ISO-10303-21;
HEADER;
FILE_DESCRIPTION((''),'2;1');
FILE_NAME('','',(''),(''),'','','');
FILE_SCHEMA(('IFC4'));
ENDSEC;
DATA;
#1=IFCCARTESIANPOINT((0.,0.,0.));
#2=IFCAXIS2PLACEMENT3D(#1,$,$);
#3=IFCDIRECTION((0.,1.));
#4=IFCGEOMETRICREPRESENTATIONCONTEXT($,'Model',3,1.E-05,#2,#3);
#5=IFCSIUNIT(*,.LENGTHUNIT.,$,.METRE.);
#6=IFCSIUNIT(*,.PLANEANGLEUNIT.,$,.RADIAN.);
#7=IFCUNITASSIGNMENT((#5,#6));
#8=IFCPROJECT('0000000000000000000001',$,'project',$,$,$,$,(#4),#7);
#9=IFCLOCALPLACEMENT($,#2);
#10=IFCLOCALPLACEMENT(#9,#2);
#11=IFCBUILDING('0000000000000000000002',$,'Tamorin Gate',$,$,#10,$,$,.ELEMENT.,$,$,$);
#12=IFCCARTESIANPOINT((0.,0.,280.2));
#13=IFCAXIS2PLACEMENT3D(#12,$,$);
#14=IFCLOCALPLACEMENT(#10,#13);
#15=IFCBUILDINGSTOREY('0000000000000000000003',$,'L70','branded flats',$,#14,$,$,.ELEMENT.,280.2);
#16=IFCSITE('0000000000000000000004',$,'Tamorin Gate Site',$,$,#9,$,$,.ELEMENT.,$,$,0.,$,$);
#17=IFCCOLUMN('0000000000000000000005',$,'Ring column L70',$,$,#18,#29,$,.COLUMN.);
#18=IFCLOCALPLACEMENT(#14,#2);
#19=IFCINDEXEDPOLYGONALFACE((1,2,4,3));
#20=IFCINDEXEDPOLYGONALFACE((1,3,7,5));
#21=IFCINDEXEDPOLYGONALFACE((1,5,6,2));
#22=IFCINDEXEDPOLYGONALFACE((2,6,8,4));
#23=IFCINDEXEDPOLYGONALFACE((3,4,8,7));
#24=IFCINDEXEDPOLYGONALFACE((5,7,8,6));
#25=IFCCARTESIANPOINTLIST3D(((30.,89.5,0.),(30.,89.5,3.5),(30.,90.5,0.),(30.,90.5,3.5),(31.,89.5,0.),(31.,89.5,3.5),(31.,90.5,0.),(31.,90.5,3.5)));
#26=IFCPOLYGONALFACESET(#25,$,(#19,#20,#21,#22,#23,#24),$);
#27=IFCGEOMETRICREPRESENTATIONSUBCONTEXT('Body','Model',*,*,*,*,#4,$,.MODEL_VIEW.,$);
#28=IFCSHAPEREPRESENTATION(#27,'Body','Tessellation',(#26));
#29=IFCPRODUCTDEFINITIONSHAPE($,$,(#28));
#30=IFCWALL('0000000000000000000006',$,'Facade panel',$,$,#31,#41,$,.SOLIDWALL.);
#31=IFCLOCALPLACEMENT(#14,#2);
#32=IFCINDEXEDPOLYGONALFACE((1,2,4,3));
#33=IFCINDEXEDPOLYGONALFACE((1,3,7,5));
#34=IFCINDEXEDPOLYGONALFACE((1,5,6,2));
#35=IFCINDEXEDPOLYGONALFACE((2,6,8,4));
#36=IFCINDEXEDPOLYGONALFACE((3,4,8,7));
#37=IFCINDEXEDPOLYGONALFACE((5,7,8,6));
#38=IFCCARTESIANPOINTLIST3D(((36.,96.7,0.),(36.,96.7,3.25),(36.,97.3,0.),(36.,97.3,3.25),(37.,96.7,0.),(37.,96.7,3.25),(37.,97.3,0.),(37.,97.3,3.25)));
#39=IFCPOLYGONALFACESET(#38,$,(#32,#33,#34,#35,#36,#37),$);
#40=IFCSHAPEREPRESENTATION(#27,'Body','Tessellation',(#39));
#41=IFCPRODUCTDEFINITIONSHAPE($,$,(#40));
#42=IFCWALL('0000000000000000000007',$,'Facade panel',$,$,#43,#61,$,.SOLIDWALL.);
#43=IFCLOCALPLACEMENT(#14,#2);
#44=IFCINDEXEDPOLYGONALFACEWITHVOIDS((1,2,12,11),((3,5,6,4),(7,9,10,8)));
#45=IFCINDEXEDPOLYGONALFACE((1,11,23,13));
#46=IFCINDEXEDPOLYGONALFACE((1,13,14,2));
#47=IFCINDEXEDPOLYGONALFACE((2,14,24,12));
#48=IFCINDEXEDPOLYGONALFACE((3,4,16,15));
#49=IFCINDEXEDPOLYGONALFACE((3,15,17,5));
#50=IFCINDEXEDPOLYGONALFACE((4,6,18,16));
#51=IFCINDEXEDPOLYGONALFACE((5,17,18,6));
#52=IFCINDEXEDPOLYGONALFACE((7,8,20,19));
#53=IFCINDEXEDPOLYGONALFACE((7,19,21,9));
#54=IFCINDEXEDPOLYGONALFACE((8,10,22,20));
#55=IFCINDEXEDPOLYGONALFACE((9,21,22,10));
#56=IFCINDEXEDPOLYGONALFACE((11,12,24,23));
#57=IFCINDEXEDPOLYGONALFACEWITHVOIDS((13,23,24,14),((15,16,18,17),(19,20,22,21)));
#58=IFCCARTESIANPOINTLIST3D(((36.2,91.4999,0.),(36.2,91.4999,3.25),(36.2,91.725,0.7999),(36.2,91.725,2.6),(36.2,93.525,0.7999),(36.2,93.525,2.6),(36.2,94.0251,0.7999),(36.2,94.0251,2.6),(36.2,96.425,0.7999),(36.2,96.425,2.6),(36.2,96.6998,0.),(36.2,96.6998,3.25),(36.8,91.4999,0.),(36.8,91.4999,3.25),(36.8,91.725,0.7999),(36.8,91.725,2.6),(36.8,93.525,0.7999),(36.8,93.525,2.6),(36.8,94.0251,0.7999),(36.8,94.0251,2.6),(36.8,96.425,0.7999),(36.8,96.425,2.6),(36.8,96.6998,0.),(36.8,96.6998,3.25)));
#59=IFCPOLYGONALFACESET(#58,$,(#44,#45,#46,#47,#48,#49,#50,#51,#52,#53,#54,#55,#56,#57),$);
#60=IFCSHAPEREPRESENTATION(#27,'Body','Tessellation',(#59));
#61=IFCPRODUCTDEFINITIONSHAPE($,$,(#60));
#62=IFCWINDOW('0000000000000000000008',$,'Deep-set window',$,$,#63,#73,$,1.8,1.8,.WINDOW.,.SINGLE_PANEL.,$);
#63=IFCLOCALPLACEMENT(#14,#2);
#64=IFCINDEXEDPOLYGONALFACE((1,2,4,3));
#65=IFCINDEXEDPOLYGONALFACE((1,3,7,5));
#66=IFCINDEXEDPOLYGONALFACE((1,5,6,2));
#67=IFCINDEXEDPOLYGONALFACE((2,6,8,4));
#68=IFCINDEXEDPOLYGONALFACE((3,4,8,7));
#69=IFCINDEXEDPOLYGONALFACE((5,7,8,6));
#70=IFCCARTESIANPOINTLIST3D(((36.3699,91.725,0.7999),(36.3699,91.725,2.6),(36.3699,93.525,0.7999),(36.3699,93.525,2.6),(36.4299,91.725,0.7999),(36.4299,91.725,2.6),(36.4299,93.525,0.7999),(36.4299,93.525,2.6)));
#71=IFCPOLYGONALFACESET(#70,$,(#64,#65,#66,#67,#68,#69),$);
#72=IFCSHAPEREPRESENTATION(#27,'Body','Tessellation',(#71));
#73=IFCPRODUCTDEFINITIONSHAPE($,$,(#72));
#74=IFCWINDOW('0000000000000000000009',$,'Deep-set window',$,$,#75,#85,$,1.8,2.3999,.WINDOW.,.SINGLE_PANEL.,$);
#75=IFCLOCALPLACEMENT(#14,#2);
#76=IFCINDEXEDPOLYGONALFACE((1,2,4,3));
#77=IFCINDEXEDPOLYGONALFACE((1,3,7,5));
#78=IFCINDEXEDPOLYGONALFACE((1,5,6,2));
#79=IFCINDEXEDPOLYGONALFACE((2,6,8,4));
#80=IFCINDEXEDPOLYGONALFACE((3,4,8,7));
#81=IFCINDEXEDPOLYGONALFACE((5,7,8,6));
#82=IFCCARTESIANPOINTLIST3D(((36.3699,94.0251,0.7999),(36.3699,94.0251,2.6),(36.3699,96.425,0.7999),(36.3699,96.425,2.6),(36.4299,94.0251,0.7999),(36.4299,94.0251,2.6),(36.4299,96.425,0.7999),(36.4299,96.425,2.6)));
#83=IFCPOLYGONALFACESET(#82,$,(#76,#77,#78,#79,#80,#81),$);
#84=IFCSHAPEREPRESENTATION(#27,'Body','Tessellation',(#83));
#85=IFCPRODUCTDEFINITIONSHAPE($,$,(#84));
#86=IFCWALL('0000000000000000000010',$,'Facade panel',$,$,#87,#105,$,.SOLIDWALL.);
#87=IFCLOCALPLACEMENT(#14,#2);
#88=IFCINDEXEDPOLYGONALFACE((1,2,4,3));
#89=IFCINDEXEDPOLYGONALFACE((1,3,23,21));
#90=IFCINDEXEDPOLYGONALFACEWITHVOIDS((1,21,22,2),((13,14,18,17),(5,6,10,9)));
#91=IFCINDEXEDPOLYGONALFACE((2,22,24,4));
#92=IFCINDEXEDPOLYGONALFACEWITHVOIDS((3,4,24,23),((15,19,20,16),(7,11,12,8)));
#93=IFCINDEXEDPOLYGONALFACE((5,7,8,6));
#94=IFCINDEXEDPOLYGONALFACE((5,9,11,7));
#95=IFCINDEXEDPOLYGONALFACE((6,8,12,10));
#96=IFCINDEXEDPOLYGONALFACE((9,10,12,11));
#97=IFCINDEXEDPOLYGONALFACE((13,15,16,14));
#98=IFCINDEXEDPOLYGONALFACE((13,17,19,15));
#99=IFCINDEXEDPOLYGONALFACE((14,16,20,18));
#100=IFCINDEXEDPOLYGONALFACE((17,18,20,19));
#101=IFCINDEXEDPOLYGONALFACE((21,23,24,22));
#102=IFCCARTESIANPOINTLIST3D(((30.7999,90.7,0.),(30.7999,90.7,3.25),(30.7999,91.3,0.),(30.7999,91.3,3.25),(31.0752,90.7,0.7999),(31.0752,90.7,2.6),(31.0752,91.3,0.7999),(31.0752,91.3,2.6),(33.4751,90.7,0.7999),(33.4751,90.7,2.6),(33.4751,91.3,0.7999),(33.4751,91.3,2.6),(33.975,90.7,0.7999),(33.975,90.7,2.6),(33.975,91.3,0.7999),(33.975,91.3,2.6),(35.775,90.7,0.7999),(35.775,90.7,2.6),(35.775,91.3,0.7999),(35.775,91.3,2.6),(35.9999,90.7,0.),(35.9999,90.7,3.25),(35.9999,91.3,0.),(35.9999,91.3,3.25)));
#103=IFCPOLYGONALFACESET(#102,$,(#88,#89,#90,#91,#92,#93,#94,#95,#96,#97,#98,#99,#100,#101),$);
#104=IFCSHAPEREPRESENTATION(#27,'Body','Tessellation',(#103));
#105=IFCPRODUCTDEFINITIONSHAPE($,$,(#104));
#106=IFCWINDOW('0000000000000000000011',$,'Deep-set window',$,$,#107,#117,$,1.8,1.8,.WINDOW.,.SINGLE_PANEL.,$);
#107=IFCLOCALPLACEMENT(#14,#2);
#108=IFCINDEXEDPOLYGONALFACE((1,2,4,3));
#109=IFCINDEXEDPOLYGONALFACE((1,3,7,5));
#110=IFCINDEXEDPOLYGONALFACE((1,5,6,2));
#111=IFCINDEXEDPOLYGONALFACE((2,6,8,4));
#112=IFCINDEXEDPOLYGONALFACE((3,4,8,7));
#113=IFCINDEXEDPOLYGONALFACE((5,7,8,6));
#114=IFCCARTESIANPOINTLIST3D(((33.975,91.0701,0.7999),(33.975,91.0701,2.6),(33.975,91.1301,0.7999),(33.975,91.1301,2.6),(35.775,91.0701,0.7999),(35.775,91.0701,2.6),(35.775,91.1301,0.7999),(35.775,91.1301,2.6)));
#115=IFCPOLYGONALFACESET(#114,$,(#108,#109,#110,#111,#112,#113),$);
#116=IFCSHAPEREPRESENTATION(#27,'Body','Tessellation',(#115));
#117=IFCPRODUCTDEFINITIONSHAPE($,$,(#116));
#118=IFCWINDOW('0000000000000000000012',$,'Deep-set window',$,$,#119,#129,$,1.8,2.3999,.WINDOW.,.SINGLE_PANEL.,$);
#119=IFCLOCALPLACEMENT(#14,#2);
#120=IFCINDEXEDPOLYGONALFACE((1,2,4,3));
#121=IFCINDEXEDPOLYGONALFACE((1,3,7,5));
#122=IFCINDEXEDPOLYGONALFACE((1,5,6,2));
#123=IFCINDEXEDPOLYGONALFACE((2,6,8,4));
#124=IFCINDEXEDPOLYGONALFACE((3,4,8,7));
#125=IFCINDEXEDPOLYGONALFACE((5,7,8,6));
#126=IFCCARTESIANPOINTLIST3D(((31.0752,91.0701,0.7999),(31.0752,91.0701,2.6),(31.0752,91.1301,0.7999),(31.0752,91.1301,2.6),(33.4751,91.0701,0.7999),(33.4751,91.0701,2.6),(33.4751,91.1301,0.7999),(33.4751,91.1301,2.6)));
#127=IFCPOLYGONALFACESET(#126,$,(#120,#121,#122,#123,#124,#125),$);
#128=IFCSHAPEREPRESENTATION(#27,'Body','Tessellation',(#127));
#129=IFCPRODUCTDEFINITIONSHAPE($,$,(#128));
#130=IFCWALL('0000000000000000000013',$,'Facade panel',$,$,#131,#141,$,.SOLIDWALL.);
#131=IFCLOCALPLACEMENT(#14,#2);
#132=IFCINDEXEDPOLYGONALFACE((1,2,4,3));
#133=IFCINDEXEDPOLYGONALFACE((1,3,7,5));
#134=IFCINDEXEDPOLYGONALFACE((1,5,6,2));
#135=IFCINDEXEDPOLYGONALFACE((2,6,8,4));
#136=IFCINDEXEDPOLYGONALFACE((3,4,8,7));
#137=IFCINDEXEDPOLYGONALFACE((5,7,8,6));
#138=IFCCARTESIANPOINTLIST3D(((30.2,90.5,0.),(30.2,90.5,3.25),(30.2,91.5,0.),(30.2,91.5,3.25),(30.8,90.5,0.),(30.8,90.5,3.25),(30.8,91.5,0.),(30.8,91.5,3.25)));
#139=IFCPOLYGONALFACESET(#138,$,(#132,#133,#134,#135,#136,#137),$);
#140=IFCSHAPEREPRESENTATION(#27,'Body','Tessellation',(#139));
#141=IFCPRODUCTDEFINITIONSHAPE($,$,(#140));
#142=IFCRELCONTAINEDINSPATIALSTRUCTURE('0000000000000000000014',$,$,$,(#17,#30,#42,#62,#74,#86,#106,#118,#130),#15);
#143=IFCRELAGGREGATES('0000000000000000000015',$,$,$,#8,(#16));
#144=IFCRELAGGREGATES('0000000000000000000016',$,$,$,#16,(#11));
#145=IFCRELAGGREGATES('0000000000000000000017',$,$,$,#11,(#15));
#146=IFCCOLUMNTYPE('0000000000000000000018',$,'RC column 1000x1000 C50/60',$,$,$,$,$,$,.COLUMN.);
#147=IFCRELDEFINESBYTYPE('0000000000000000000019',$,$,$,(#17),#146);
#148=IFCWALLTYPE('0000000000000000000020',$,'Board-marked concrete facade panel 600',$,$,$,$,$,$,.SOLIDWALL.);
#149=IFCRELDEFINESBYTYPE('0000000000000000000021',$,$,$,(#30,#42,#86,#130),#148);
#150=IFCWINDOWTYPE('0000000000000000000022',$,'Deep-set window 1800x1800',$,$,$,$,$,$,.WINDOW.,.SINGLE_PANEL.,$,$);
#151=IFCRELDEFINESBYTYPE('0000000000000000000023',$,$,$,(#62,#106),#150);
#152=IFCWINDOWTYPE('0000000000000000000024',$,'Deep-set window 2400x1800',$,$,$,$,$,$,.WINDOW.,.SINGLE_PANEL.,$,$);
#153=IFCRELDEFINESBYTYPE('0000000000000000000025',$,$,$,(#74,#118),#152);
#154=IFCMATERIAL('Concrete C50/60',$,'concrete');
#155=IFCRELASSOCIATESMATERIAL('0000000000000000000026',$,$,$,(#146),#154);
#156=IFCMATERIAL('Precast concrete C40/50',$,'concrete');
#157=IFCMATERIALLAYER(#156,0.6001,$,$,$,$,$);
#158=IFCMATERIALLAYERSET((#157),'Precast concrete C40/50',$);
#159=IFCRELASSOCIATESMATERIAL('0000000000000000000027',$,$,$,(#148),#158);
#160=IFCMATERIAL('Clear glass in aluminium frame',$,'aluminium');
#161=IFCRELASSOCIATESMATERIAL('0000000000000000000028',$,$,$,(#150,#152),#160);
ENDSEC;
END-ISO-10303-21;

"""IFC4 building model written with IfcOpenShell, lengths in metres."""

from ifc_helpers import new_model, si_unit, direction, frame, frame_2d, origin, origin_2d, place, context, subcontext, project, spatial, rectangle, extrude, material, layer, layer_set, material_profile, profile_set, type_object, element, fill, save


model = new_model("IFC4")

# Units and contexts
model_context = context("Model", 3, precision=1e-05, world=origin(), true_north=direction((0.0, 1.0)))
body_context = subcontext(model_context, "Body", "Model", "MODEL_VIEW")
ifc_project = project(units=[si_unit("LENGTHUNIT", "METRE"), si_unit("PLANEANGLEUNIT", "RADIAN")], contexts=[model_context])

# Site, building, storey
site_placement = place(None, origin())
site = spatial("IfcSite", under=ifc_project, at=site_placement, Name="Tamorin Gate Site", CompositionType="ELEMENT", RefElevation=0.0)
building_placement = place(site_placement, origin())
building = spatial("IfcBuilding", under=site, at=building_placement, Name="Tamorin Gate", CompositionType="ELEMENT")
storey_placement = place(building_placement, frame((0.0, 0.0, 280.2)))
storey = spatial("IfcBuildingStorey", under=building, at=storey_placement, Name="L70", Description="branded flats", CompositionType="ELEMENT", Elevation=280.2)

# Column
ifc_material_1 = material(Name="Concrete C50/60", Category="concrete")
ifc_material_profile = material_profile(ifc_material_1, rectangle(XDim=1.0, YDim=1.0, at=origin_2d()), Name="RC 1000x1000")
ifc_profile_set = profile_set([ifc_material_profile], Name="Concrete C50/60")
column_type = type_object("IfcColumnType", Name="RC column 1000x1000 C50/60", PredefinedType="COLUMN", material=ifc_profile_set)
column_placement = place(storey_placement, frame((30.5, 90.0, 0.0), z_axis=(0.0, 0.0, 1.0), x_axis=(1.0, 0.0, 0.0)))
element("IfcColumn", 1, at=column_placement, inside=storey, type_object=column_type, Name="Ring column L70", PredefinedType="COLUMN", context=body_context, shape_type="SweptSolid", body=[
    extrude(rectangle(XDim=1.0, YDim=1.0, at=origin_2d()), origin(), (0.0, 0.0, 1.0), 3.5),
])

# Wall
ifc_material_2 = material(Name="Precast concrete C40/50", Category="concrete")
ifc_layer_1 = layer(ifc_material_2, 0.6001)
ifc_layer_set_1 = layer_set([ifc_layer_1], Name="Precast concrete C40/50")
wall_type_1 = type_object("IfcWallType", Name="Board-marked concrete facade panel 600", PredefinedType="SOLIDWALL", material=ifc_layer_set_1)
wall_1_placement = place(storey_placement, frame((37.0, 97.0, 0.0), z_axis=(0.0, 0.0, 1.0), x_axis=(-1.0, 0.0, 0.0)))
element("IfcWall", 2, at=wall_1_placement, inside=storey, type_object=wall_type_1, Name="Facade panel", PredefinedType="SOLIDWALL", context=body_context, shape_type="SweptSolid", body=[
    extrude(rectangle(XDim=1.0, YDim=0.6001, at=frame_2d((0.5, 0.0))), origin(), (0.0, 0.0, 1.0), 3.25),
])

# Walls, openings, windows
wall_2_placement = place(storey_placement, frame((36.5, 96.7, 0.0), z_axis=(0.0, 0.0, 1.0), x_axis=(0.0, -1.0, 0.0)))
wall_2 = element("IfcWall", 3, at=wall_2_placement, inside=storey, type_object=wall_type_1, Name="Facade panel", PredefinedType="SOLIDWALL", context=body_context, shape_type="SweptSolid", body=[
    extrude(rectangle(XDim=5.2, YDim=0.6001, at=frame_2d((2.6001, 0.0))), origin(), (0.0, 0.0, 1.0), 3.25),
])
opening_1_placement = place(wall_2_placement, frame((3.175, 0.0, 0.8)))
opening_1 = element("IfcOpeningElement", 4, at=opening_1_placement, cuts=wall_2, PredefinedType="OPENING", context=body_context, shape_type="SweptSolid", body=[
    extrude(rectangle(XDim=1.8, YDim=1.8, at=frame_2d((0.8999, 0.8999))), frame((0.0, 0.3101, 0.0), z_axis=(0.0, -1.0, 0.0), x_axis=(1.0, 0.0, 0.0)), (0.0, 0.0, 1.0), 0.6201),
])
opening_2_placement = place(wall_2_placement, frame((0.2749, 0.0, 0.8)))
opening_2 = element("IfcOpeningElement", 5, at=opening_2_placement, cuts=wall_2, PredefinedType="OPENING", context=body_context, shape_type="SweptSolid", body=[
    extrude(rectangle(XDim=2.3999, YDim=1.8, at=frame_2d((1.2, 0.8999))), frame((0.0, 0.3101, 0.0), z_axis=(0.0, -1.0, 0.0), x_axis=(1.0, 0.0, 0.0)), (0.0, 0.0, 1.0), 0.6201),
])
ifc_material_3 = material(Name="Clear glass in aluminium frame", Category="aluminium")
window_type_1 = type_object("IfcWindowType", Name="Deep-set window 1800x1800", PartitioningType="SINGLE_PANEL", PredefinedType="WINDOW", material=ifc_material_3)
window_1_placement = place(opening_1_placement, origin())
window_1 = element("IfcWindow", 6, at=window_1_placement, inside=storey, type_object=window_type_1, Name="Deep-set window", OverallHeight=1.8, OverallWidth=1.8, PartitioningType="SINGLE_PANEL", PredefinedType="WINDOW", context=body_context, shape_type="SweptSolid", body=[
    extrude(rectangle(XDim=1.8, YDim=1.8, at=frame_2d((0.8999, 0.8999))), frame((0.0, -0.0701, 0.0), z_axis=(0.0, -1.0, 0.0), x_axis=(1.0, 0.0, 0.0)), (0.0, 0.0, 1.0), 0.0601),
])
fill(opening_1, window_1)
window_type_2 = type_object("IfcWindowType", Name="Deep-set window 2400x1800", PartitioningType="SINGLE_PANEL", PredefinedType="WINDOW", material=ifc_material_3)
window_2_placement = place(opening_2_placement, origin())
window_2 = element("IfcWindow", 7, at=window_2_placement, inside=storey, type_object=window_type_2, Name="Deep-set window", OverallHeight=1.8, OverallWidth=2.3999, PartitioningType="SINGLE_PANEL", PredefinedType="WINDOW", context=body_context, shape_type="SweptSolid", body=[
    extrude(rectangle(XDim=2.3999, YDim=1.8, at=frame_2d((1.2, 0.8999))), frame((0.0, -0.0701, 0.0), z_axis=(0.0, -1.0, 0.0), x_axis=(1.0, 0.0, 0.0)), (0.0, 0.0, 1.0), 0.0601),
])
fill(opening_2, window_2)
wall_3_placement = place(storey_placement, frame((36.0, 91.0, 0.0), z_axis=(0.0, 0.0, 1.0), x_axis=(-1.0, 0.0, 0.0)))
wall_3 = element("IfcWall", 8, at=wall_3_placement, inside=storey, type_object=wall_type_1, Name="Facade panel", PredefinedType="SOLIDWALL", context=body_context, shape_type="SweptSolid", body=[
    extrude(rectangle(XDim=5.2, YDim=0.6001, at=frame_2d((2.6001, 0.0))), origin(), (0.0, 0.0, 1.0), 3.25),
])
opening_3_placement = place(wall_3_placement, frame((2.5249, 0.0, 0.8)))
opening_3 = element("IfcOpeningElement", 9, at=opening_3_placement, cuts=wall_3, PredefinedType="OPENING", context=body_context, shape_type="SweptSolid", body=[
    extrude(rectangle(XDim=2.3999, YDim=1.8, at=frame_2d((1.2, 0.8999))), frame((0.0, 0.3101, 0.0), z_axis=(0.0, -1.0, 0.0), x_axis=(1.0, 0.0, 0.0)), (0.0, 0.0, 1.0), 0.6201),
])
opening_4_placement = place(wall_3_placement, frame((0.2251, 0.0, 0.8)))
opening_4 = element("IfcOpeningElement", 10, at=opening_4_placement, cuts=wall_3, PredefinedType="OPENING", context=body_context, shape_type="SweptSolid", body=[
    extrude(rectangle(XDim=1.8, YDim=1.8, at=frame_2d((0.8999, 0.8999))), frame((0.0, 0.3101, 0.0), z_axis=(0.0, -1.0, 0.0), x_axis=(1.0, 0.0, 0.0)), (0.0, 0.0, 1.0), 0.6201),
])
window_3_placement = place(opening_4_placement, origin())
window_3 = element("IfcWindow", 11, at=window_3_placement, inside=storey, type_object=window_type_1, Name="Deep-set window", OverallHeight=1.8, OverallWidth=1.8, PartitioningType="SINGLE_PANEL", PredefinedType="WINDOW", context=body_context, shape_type="SweptSolid", body=[
    extrude(rectangle(XDim=1.8, YDim=1.8, at=frame_2d((0.8999, 0.8999))), frame((0.0, -0.0701, 0.0), z_axis=(0.0, -1.0, 0.0), x_axis=(1.0, 0.0, 0.0)), (0.0, 0.0, 1.0), 0.0601),
])
fill(opening_4, window_3)
window_4_placement = place(opening_3_placement, origin())
window_4 = element("IfcWindow", 12, at=window_4_placement, inside=storey, type_object=window_type_2, Name="Deep-set window", OverallHeight=1.8, OverallWidth=2.3999, PartitioningType="SINGLE_PANEL", PredefinedType="WINDOW", context=body_context, shape_type="SweptSolid", body=[
    extrude(rectangle(XDim=2.3999, YDim=1.8, at=frame_2d((1.2, 0.8999))), frame((0.0, -0.0701, 0.0), z_axis=(0.0, -1.0, 0.0), x_axis=(1.0, 0.0, 0.0)), (0.0, 0.0, 1.0), 0.0601),
])
fill(opening_3, window_4)

# Wall
wall_4_placement = place(storey_placement, frame((30.5, 91.5, 0.0), z_axis=(0.0, 0.0, 1.0), x_axis=(0.0, -1.0, 0.0)))
element("IfcWall", 13, at=wall_4_placement, inside=storey, type_object=wall_type_1, Name="Facade panel", PredefinedType="SOLIDWALL", context=body_context, shape_type="SweptSolid", body=[
    extrude(rectangle(XDim=1.0, YDim=0.6001, at=frame_2d((0.5, 0.0))), origin(), (0.0, 0.0, 1.0), 3.25),
])

save(model, "model.ifc")
